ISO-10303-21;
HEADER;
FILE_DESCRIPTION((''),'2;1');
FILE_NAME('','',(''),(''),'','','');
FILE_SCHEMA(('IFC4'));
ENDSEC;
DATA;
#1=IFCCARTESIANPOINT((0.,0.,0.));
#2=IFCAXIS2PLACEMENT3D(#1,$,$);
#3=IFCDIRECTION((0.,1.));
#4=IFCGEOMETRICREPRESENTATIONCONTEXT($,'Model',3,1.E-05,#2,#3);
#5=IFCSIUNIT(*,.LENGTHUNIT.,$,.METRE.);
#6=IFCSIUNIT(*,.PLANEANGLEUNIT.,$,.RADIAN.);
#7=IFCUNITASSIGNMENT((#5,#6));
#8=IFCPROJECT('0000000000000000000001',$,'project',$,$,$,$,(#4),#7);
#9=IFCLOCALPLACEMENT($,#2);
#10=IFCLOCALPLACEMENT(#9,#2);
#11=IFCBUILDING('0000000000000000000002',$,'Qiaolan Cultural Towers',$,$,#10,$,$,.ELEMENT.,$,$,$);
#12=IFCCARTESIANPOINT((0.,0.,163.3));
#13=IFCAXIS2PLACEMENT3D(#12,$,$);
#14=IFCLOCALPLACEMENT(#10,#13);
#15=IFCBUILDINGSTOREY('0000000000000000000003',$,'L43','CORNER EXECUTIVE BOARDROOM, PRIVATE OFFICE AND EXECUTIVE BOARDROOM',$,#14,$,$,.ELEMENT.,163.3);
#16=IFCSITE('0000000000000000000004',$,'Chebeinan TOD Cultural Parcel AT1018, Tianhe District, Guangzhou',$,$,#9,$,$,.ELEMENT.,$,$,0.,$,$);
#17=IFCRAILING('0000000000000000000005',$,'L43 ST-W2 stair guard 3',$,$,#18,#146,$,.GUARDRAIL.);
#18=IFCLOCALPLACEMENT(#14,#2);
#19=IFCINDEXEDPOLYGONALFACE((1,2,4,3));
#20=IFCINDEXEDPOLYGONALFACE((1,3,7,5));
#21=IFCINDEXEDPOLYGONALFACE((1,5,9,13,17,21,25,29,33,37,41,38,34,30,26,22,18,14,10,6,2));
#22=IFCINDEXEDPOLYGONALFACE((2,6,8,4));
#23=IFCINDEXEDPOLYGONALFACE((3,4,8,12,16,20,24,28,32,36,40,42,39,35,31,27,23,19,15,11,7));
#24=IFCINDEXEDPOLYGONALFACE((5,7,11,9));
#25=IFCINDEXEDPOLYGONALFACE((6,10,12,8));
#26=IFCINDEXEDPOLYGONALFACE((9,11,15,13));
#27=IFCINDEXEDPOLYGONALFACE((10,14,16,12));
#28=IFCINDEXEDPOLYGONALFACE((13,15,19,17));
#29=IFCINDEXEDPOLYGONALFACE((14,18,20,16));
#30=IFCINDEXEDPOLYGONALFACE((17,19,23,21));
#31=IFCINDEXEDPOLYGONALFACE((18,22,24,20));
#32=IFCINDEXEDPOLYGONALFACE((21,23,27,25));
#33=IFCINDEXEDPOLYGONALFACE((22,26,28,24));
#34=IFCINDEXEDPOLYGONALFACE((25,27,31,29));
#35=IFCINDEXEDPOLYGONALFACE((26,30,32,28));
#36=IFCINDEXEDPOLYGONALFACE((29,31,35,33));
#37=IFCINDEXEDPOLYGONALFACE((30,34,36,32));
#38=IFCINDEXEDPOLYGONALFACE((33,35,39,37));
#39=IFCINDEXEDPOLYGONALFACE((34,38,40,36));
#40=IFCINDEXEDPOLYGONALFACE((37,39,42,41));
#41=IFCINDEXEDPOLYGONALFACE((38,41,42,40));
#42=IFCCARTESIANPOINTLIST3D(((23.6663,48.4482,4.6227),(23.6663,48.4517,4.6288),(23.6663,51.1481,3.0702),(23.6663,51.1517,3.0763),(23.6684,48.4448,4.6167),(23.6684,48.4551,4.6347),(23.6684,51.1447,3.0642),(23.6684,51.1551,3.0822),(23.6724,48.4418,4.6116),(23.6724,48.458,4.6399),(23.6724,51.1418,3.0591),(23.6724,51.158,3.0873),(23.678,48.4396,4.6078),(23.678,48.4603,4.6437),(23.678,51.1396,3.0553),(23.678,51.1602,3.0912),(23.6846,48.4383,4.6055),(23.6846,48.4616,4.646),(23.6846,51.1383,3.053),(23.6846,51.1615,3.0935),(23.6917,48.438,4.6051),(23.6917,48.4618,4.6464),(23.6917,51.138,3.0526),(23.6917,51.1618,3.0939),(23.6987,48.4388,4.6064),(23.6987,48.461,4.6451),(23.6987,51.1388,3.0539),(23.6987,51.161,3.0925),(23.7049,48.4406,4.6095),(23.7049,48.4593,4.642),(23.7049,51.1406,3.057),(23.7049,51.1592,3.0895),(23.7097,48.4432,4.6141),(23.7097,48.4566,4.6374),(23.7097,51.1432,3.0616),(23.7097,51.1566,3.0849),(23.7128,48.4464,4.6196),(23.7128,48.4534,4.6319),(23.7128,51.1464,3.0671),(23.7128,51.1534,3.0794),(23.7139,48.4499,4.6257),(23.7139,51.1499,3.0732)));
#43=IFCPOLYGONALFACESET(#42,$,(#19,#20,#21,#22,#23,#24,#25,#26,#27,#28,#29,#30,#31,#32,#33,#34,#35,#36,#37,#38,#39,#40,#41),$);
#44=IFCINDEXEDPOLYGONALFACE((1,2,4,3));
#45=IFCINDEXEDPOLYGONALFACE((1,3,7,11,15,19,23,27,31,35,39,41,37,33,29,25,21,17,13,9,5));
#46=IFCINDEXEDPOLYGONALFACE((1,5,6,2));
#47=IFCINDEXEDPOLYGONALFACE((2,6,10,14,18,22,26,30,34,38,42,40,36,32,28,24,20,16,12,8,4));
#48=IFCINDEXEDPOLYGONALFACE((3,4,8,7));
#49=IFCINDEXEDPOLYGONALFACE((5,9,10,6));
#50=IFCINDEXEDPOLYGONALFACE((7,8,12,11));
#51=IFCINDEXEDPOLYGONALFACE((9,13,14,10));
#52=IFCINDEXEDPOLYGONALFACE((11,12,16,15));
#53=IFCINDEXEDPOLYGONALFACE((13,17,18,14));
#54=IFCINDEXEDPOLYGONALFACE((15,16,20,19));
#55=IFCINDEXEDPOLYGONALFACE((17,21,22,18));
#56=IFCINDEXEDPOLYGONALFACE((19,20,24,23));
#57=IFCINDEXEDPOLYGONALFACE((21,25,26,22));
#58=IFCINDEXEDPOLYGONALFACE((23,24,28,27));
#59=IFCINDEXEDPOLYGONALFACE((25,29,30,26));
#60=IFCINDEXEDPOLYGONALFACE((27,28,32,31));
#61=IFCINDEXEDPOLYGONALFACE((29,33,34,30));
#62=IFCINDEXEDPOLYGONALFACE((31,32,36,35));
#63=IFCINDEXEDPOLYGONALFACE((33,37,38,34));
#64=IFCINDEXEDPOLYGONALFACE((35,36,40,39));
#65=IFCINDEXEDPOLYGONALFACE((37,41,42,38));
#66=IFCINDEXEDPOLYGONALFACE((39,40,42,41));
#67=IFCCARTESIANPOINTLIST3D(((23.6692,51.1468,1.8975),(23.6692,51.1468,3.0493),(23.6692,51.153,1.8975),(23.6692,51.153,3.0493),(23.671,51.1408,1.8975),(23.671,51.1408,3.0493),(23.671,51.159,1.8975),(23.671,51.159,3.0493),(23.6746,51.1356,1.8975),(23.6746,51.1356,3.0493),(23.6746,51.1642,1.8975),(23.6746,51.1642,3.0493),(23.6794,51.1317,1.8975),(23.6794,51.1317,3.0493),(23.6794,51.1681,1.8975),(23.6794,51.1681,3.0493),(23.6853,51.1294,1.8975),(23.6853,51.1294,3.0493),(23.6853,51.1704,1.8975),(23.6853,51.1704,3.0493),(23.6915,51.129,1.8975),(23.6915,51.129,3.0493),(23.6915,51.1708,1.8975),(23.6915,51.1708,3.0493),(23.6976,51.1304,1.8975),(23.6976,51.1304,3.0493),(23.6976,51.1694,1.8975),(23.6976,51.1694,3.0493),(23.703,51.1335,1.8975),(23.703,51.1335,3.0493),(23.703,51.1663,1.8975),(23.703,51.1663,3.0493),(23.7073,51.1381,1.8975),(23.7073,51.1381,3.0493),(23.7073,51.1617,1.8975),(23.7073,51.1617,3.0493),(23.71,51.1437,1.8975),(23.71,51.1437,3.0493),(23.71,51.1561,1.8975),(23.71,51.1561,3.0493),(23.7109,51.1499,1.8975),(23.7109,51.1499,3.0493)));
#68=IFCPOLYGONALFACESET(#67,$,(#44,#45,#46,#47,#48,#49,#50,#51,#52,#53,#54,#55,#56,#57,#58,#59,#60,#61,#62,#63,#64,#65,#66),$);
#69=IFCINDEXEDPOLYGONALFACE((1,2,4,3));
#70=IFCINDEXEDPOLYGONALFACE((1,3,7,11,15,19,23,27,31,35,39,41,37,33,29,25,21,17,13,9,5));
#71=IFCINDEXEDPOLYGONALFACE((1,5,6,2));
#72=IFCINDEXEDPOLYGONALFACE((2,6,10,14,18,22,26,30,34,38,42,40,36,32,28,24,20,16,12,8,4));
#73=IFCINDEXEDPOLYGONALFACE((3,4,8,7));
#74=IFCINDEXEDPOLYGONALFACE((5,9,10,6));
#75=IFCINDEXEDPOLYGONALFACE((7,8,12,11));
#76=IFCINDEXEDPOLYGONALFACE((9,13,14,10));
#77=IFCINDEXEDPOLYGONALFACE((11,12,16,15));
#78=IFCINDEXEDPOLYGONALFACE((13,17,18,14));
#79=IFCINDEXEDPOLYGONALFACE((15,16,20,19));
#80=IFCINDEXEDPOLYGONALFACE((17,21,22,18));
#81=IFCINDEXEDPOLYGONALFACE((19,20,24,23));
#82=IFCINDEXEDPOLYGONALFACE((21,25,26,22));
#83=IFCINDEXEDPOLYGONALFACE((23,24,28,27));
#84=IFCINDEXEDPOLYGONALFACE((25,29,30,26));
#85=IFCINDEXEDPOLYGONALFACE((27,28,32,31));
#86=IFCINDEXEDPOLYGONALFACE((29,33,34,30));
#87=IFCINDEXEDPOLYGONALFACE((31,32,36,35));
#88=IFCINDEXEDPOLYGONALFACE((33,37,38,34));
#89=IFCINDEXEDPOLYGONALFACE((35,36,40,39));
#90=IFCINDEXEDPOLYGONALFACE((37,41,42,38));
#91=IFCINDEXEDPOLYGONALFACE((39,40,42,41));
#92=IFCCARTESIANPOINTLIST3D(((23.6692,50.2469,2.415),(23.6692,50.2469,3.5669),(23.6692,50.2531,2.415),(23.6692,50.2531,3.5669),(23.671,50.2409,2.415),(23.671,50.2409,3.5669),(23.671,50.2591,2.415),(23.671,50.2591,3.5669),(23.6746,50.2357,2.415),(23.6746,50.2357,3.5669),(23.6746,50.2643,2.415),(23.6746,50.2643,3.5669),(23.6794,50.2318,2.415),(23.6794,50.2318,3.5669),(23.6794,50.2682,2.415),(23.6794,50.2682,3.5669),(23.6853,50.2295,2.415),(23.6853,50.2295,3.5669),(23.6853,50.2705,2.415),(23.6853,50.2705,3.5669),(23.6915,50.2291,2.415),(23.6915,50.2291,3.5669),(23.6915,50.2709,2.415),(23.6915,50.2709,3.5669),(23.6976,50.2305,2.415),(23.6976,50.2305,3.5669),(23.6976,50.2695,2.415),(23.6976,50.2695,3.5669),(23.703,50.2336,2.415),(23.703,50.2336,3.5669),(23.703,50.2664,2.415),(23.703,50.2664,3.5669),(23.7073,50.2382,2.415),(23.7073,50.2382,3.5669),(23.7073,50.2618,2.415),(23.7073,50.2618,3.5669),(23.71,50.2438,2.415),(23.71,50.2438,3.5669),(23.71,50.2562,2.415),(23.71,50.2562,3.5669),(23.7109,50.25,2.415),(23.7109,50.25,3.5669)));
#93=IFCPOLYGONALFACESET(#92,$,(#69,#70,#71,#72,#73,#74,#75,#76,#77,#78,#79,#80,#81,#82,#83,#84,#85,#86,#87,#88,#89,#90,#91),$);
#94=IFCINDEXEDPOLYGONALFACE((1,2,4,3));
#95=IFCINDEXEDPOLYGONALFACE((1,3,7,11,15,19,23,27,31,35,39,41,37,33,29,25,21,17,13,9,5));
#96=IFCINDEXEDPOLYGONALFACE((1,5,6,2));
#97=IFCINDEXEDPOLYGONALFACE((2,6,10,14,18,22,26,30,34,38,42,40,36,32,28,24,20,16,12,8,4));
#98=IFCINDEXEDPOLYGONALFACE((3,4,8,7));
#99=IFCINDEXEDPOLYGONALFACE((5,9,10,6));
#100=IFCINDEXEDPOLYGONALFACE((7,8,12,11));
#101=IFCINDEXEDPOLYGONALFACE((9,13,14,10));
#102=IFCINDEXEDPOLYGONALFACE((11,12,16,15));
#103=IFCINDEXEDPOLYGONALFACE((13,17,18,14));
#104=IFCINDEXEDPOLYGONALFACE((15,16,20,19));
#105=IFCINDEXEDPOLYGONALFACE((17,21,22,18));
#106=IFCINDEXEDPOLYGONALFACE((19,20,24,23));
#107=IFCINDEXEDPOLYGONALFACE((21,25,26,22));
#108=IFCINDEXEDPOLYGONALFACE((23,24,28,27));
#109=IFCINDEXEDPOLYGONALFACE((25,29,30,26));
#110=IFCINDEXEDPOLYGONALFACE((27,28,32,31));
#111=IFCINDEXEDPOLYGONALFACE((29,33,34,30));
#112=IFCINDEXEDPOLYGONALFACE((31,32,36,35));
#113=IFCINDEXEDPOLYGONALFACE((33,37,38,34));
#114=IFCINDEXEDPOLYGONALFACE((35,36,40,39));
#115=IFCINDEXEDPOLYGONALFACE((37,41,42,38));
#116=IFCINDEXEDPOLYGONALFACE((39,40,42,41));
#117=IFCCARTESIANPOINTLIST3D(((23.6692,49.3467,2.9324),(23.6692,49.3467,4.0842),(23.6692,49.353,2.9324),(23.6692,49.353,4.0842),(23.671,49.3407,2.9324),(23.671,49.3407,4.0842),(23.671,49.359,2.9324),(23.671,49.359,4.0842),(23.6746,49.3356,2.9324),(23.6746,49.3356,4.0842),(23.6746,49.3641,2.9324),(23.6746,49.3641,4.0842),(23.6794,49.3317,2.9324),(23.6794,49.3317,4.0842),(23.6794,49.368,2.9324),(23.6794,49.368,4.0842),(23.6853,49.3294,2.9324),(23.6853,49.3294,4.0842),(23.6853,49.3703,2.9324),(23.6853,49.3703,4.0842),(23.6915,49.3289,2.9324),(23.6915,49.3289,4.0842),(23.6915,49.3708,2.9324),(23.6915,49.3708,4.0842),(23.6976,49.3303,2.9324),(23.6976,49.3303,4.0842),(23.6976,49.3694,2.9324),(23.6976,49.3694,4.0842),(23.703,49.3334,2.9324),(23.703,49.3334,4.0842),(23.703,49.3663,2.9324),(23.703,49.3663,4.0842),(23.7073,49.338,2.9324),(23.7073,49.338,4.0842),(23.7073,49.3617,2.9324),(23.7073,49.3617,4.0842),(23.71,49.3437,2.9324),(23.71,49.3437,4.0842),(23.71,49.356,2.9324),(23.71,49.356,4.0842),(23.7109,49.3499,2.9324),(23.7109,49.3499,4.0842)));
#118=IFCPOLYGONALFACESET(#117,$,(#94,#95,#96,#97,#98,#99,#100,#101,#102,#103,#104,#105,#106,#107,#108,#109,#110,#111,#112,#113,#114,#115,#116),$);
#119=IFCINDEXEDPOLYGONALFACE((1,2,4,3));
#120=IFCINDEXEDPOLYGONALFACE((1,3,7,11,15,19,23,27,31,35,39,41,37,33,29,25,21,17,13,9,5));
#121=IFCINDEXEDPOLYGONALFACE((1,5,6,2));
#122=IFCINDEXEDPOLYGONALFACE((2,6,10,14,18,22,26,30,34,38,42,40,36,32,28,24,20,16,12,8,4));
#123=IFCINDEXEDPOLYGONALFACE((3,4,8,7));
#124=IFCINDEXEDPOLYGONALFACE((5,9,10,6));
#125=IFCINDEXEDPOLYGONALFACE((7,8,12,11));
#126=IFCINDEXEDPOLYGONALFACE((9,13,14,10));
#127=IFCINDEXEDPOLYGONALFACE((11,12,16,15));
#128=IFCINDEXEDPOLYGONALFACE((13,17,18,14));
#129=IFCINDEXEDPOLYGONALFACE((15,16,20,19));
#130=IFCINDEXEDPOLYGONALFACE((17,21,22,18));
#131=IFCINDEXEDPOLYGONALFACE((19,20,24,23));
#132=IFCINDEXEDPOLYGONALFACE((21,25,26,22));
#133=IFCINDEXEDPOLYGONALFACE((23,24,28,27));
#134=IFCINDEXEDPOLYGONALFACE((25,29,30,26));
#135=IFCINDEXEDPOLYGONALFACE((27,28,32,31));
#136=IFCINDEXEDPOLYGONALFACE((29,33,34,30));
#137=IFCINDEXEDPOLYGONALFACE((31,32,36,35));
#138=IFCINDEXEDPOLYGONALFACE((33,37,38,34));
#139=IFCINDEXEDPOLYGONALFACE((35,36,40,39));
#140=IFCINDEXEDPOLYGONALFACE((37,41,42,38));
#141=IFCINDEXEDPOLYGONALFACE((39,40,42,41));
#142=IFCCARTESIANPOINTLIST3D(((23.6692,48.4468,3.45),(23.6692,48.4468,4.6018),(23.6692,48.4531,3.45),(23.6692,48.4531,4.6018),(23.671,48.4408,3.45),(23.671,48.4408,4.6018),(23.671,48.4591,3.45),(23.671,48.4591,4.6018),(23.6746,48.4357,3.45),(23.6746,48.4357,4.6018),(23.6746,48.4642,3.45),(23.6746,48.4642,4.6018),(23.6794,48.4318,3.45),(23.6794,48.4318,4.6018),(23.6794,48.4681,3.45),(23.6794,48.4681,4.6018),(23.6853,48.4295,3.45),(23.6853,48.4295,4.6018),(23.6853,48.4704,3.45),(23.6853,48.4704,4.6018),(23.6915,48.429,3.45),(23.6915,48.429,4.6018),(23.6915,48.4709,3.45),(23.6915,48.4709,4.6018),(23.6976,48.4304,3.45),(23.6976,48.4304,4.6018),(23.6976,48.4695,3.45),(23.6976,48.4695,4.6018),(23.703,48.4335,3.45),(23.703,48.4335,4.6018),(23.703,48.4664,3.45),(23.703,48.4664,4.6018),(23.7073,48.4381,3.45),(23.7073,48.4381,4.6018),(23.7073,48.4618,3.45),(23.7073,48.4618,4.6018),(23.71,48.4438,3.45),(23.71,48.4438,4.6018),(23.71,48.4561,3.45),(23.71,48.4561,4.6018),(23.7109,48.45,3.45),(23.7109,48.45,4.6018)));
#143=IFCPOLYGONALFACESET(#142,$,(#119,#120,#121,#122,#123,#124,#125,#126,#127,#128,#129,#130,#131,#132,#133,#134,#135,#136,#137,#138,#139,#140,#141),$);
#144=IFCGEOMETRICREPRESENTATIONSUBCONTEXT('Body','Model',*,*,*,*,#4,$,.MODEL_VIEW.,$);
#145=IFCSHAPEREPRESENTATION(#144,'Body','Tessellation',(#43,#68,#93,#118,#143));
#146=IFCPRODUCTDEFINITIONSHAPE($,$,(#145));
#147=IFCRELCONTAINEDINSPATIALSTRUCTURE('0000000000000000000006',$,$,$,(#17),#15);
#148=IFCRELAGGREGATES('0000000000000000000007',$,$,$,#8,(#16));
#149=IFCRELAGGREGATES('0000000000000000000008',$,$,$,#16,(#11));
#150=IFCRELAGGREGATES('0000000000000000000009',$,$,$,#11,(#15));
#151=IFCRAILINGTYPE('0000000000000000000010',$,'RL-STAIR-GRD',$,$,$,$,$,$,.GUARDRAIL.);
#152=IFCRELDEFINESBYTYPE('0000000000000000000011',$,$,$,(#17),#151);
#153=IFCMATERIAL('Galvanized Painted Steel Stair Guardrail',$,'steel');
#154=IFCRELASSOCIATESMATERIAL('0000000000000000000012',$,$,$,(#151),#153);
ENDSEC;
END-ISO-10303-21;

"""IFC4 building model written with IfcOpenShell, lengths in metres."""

from ifc_helpers import new_model, si_unit, direction, frame, origin, origin_2d, place, context, subcontext, project, spatial, circle, extrude, material, type_object, element, save


model = new_model("IFC4")

# Units and contexts
model_context = context("Model", 3, precision=1e-05, world=origin(), true_north=direction((0.0, 1.0)))
body_context = subcontext(model_context, "Body", "Model", "MODEL_VIEW")
ifc_project = project(units=[si_unit("LENGTHUNIT", "METRE"), si_unit("PLANEANGLEUNIT", "RADIAN")], contexts=[model_context])

# Site, building, storey
site_placement = place(None, origin())
site = spatial("IfcSite", under=ifc_project, at=site_placement, Name="Chebeinan TOD Cultural Parcel AT1018, Tianhe District, Guangzhou", CompositionType="ELEMENT", RefElevation=0.0)
building_placement = place(site_placement, origin())
building = spatial("IfcBuilding", under=site, at=building_placement, Name="Qiaolan Cultural Towers", CompositionType="ELEMENT")
storey_placement = place(building_placement, frame((0.0, 0.0, 163.3)))
storey = spatial("IfcBuildingStorey", under=building, at=storey_placement, Name="L43", Description="CORNER EXECUTIVE BOARDROOM, PRIVATE OFFICE AND EXECUTIVE BOARDROOM", CompositionType="ELEMENT", Elevation=163.3)

# Railing
ifc_material_1 = material(Name="Galvanized Painted Steel Stair Guardrail", Category="steel")
railing_type_1 = type_object("IfcRailingType", Name="RL-STAIR-GRD", PredefinedType="GUARDRAIL", material=ifc_material_1)
railing_1_placement = place(storey_placement, frame((23.6899, 51.1499, 1.8975)))
element("IfcRailing", 1, at=railing_1_placement, inside=storey, type_object=railing_type_1, Name="L43 ST-W2 stair guard 3", PredefinedType="GUARDRAIL", context=body_context, shape_type="SweptSolid", body=[
    extrude(circle(Radius=0.0239, at=origin_2d()), frame((0.0, 0.0, 1.1758), z_axis=(0.0, -0.866904, 0.498476), x_axis=(1.0, 0.0, 0.0)), (0.0, 0.0, 1.0), 3.1145),
    extrude(circle(Radius=0.021, at=origin_2d()), origin(), (0.0, 0.0, 1.0), 1.1519),
    extrude(circle(Radius=0.021, at=origin_2d()), frame((0.0, -0.8999, 0.5176)), (0.0, 0.0, 1.0), 1.1519),
    extrude(circle(Radius=0.021, at=origin_2d()), frame((0.0, -1.8, 1.0349)), (0.0, 0.0, 1.0), 1.1519),
    extrude(circle(Radius=0.021, at=origin_2d()), frame((0.0, -2.7, 1.5525)), (0.0, 0.0, 1.0), 1.1519),
])

save(model, "model.ifc")
